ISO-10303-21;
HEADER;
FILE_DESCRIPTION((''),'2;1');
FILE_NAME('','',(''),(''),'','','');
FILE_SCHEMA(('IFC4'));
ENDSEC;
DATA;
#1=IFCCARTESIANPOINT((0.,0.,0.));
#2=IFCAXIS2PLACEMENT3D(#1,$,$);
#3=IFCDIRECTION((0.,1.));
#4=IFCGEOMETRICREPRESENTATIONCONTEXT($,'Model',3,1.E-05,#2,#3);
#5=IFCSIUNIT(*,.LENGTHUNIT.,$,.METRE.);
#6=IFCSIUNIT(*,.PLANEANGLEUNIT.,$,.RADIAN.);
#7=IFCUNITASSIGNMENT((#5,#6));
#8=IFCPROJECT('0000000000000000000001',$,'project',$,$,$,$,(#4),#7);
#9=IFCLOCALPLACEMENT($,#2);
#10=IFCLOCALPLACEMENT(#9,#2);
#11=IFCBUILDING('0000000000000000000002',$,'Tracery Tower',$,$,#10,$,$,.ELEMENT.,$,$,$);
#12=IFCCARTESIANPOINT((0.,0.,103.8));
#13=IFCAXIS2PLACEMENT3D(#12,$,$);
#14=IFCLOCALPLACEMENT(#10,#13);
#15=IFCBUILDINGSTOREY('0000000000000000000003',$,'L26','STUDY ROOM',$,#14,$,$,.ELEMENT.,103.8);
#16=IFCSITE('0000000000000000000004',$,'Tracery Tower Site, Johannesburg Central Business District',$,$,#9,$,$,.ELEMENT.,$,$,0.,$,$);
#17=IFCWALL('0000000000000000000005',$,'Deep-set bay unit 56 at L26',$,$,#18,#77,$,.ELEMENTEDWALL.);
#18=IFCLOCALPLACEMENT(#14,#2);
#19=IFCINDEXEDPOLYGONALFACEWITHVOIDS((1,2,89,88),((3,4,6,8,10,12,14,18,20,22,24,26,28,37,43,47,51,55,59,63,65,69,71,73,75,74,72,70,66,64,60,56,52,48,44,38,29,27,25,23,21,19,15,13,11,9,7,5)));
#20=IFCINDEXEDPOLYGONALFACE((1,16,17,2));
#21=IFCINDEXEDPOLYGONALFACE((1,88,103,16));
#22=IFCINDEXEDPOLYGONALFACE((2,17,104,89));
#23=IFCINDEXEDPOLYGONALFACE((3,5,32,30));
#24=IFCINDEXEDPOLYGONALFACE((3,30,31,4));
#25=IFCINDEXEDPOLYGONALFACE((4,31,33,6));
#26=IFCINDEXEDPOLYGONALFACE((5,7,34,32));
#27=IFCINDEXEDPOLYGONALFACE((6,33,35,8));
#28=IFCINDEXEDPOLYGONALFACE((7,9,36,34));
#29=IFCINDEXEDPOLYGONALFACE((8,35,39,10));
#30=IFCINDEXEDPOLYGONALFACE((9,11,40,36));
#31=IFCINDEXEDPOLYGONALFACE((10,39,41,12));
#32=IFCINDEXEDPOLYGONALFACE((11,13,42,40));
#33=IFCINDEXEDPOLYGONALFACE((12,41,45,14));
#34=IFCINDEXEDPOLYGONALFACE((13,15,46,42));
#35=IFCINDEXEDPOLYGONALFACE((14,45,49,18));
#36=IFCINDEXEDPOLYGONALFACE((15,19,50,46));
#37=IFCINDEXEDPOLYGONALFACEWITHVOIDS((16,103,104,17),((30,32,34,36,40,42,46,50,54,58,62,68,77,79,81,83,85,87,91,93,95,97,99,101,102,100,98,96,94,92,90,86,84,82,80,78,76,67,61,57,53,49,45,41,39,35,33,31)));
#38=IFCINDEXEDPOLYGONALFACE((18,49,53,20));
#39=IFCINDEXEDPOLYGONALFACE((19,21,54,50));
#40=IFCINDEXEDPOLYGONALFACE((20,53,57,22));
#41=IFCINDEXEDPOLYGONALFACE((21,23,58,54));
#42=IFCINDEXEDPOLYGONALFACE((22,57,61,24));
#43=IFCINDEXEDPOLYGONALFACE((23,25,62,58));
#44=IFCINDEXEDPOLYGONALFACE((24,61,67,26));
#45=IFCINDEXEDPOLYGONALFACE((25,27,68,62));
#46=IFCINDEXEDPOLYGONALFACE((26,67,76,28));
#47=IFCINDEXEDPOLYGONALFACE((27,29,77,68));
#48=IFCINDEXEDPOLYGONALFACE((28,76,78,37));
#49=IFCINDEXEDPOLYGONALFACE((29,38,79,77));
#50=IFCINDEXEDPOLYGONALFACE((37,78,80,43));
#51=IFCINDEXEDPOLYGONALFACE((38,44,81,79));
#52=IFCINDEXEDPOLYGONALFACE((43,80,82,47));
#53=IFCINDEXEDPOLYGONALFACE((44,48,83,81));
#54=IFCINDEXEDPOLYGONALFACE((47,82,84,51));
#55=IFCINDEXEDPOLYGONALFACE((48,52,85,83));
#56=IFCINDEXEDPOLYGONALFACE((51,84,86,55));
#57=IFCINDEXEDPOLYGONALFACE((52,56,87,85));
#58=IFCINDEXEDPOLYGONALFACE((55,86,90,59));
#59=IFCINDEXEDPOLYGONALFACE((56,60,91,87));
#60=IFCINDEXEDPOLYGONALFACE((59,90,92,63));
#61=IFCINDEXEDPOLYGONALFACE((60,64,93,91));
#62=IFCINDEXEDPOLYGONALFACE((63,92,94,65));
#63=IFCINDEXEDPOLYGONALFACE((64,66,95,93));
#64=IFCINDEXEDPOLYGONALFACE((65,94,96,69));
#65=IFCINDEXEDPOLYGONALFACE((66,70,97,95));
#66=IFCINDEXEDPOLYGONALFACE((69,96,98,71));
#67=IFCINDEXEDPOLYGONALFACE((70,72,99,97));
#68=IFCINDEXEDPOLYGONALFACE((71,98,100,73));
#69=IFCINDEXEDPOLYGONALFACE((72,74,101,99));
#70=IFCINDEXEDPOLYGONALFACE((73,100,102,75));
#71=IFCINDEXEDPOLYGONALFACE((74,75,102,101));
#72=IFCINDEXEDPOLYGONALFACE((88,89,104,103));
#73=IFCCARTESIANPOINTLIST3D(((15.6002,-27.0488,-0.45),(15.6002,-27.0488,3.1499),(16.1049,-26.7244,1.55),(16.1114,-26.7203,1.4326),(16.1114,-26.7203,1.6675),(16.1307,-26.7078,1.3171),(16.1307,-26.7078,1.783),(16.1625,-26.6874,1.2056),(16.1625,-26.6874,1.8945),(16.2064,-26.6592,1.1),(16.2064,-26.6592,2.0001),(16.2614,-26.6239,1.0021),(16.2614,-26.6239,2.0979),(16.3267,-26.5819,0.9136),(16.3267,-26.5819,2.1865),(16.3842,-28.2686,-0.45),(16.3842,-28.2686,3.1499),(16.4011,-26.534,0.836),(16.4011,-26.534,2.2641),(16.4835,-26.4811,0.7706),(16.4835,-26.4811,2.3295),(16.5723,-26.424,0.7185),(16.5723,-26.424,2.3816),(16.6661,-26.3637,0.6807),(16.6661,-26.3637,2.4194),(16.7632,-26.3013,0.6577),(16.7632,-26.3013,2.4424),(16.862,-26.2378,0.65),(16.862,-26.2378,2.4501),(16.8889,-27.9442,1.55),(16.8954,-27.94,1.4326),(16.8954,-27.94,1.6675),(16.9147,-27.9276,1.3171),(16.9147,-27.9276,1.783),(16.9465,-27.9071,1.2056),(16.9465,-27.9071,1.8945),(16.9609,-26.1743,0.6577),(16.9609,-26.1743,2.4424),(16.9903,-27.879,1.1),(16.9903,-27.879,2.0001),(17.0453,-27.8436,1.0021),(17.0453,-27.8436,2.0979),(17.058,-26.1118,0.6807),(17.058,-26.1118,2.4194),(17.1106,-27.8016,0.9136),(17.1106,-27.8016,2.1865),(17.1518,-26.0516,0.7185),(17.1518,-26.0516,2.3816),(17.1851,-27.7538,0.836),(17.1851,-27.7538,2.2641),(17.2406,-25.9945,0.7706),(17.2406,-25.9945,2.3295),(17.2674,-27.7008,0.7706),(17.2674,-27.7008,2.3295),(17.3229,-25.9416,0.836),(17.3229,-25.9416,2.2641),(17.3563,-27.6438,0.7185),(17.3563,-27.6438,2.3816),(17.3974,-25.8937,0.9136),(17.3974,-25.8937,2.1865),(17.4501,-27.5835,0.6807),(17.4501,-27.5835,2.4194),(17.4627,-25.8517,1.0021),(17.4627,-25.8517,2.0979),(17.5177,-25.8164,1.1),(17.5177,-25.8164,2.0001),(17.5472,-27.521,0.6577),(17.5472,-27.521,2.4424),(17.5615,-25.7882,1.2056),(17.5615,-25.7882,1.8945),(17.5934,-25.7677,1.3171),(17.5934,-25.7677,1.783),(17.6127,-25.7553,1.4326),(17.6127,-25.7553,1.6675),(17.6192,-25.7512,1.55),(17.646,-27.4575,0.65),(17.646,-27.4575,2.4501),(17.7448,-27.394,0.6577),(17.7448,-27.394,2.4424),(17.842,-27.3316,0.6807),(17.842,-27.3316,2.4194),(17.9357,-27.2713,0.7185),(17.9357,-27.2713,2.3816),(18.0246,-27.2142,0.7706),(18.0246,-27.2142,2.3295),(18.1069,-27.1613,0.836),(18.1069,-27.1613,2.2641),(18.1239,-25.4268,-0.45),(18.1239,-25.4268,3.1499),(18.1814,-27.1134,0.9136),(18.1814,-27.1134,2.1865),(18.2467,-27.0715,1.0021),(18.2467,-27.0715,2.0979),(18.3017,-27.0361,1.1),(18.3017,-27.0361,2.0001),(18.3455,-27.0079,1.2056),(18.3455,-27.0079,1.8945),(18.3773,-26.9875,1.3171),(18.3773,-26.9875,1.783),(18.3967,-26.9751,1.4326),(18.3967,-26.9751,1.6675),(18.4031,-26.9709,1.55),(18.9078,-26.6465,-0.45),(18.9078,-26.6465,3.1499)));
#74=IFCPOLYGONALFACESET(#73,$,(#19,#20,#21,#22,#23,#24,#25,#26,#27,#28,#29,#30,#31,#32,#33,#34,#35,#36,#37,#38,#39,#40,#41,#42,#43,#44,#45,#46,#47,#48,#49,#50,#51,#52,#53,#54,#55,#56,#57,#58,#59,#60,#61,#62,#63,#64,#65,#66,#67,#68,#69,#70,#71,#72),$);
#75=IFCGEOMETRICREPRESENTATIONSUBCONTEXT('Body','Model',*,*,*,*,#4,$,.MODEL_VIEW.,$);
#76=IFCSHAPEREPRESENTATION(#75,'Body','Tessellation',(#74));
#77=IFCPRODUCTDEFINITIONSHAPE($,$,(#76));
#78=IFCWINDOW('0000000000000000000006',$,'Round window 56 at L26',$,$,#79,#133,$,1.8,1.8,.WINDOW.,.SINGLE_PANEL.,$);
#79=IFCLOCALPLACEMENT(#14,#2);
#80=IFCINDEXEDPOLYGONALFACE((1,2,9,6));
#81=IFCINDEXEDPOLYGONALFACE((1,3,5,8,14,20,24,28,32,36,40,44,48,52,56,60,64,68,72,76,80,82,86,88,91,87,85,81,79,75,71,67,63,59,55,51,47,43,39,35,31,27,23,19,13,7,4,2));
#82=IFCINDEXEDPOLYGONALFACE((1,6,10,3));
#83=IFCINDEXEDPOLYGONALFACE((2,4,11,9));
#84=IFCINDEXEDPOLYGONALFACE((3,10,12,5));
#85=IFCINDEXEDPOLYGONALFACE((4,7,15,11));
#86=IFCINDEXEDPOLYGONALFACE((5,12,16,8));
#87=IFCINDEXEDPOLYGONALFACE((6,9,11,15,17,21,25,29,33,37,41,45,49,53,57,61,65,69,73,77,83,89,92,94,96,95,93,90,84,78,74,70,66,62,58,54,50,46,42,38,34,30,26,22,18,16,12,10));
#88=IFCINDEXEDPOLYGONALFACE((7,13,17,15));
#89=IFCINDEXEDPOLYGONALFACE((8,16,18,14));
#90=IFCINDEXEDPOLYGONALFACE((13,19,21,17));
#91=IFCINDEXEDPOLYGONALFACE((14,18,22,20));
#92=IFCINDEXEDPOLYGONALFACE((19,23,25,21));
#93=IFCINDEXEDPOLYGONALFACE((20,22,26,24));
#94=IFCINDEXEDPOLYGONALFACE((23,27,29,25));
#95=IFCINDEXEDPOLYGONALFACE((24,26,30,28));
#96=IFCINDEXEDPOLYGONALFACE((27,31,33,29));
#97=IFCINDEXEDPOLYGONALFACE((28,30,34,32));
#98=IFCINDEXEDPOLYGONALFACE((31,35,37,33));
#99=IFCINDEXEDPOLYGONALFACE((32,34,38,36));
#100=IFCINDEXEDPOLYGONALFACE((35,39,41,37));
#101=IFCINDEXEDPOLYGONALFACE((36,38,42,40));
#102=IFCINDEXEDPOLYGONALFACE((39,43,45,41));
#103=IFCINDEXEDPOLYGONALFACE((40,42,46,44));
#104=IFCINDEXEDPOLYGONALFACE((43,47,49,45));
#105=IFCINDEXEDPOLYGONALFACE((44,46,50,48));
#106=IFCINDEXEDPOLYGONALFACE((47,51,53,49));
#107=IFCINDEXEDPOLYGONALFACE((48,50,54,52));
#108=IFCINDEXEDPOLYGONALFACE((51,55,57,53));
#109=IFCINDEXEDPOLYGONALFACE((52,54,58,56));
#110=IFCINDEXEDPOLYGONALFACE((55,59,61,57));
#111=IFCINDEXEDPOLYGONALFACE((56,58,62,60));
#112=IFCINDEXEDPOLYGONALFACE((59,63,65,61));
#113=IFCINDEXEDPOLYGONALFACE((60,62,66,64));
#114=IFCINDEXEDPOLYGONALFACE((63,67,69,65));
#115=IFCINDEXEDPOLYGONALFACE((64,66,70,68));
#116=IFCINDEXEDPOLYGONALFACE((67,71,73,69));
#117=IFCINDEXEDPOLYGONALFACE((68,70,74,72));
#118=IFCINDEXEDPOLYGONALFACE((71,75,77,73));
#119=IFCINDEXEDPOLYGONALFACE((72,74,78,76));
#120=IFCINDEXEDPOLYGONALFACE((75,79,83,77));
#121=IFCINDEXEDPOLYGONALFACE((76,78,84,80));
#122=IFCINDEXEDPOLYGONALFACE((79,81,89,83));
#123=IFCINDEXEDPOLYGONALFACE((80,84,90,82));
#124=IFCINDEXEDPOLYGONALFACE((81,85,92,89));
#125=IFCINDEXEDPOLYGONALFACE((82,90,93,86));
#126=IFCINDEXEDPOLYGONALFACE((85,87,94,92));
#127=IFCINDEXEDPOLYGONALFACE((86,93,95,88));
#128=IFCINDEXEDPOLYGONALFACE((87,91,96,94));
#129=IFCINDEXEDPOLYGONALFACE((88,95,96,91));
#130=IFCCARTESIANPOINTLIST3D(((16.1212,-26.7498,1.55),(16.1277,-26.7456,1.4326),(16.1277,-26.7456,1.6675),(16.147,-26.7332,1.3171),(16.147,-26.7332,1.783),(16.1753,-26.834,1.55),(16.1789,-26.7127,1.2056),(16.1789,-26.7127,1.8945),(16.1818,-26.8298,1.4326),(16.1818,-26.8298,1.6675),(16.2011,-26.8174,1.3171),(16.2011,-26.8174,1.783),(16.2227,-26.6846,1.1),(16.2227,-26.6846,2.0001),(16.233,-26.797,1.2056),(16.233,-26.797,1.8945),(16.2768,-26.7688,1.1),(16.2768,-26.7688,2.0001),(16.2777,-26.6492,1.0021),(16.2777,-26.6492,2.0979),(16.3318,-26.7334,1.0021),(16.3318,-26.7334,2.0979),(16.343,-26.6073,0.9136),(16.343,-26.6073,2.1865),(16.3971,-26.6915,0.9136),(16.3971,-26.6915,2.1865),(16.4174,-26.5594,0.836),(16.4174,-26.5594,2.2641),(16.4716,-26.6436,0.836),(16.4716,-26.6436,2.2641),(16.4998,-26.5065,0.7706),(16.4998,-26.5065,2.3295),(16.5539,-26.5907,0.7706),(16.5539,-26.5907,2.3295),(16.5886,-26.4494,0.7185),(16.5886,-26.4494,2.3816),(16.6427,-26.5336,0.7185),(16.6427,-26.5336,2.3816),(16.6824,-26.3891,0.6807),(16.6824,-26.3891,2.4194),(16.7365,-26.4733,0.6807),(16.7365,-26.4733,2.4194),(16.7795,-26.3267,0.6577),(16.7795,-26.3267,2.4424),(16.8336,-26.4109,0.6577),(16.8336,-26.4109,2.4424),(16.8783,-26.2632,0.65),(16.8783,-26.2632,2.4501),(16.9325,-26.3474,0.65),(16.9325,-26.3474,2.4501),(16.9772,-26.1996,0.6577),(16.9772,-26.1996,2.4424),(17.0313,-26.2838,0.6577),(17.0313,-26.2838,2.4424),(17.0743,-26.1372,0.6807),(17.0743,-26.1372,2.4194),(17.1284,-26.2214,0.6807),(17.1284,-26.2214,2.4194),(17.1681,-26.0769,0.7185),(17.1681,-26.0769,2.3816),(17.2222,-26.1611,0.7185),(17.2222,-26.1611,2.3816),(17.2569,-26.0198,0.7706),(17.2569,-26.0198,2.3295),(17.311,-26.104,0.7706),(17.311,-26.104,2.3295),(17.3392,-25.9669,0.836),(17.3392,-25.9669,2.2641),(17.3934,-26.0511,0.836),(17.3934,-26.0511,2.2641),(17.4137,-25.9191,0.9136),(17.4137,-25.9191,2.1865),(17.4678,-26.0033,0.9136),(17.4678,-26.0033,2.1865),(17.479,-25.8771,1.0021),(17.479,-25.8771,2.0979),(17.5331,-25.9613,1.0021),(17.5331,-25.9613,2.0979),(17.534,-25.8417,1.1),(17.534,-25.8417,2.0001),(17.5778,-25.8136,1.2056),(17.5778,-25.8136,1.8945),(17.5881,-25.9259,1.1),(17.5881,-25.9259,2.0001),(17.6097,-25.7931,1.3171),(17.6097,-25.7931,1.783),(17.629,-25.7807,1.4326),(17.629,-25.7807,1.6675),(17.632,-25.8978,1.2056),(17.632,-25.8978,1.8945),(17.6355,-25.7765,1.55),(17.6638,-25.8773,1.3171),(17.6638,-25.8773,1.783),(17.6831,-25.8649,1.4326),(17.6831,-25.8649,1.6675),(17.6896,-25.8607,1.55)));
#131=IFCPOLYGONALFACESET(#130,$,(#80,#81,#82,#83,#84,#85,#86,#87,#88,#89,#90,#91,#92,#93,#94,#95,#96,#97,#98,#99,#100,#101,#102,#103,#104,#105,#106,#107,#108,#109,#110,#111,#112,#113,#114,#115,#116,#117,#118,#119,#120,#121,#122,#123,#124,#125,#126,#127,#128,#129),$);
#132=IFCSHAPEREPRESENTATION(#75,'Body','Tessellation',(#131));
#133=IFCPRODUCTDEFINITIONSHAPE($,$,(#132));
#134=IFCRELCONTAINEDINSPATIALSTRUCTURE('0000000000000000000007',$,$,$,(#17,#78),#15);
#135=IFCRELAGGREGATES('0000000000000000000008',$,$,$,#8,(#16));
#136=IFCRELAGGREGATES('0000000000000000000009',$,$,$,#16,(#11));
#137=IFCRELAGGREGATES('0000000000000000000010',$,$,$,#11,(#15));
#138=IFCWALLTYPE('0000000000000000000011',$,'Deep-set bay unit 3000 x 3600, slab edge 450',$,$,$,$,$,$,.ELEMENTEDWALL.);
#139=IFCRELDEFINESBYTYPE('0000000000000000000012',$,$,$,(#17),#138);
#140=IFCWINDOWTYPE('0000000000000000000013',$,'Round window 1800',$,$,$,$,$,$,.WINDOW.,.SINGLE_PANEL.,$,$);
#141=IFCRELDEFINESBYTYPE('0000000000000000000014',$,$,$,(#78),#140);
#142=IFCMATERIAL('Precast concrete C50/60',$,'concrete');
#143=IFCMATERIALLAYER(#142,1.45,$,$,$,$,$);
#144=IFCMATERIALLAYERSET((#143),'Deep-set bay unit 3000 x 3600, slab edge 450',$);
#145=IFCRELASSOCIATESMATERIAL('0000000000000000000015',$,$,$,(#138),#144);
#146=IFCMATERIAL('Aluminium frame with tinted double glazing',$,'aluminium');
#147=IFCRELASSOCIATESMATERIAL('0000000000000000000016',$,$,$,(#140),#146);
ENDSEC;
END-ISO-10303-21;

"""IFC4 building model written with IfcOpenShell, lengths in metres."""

from ifc_helpers import new_model, si_unit, direction, frame, frame_2d, origin, origin_2d, place, context, subcontext, project, spatial, rectangle, circle, extrude, material, layer, layer_set, type_object, element, fill, save


model = new_model("IFC4")

# Units and contexts
model_context = context("Model", 3, precision=1e-05, world=origin(), true_north=direction((0.0, 1.0)))
body_context = subcontext(model_context, "Body", "Model", "MODEL_VIEW")
ifc_project = project(units=[si_unit("LENGTHUNIT", "METRE"), si_unit("PLANEANGLEUNIT", "RADIAN")], contexts=[model_context])

# Site, building, storey
site_placement = place(None, origin())
site = spatial("IfcSite", under=ifc_project, at=site_placement, Name="Tracery Tower Site, Johannesburg Central Business District", CompositionType="ELEMENT", RefElevation=0.0)
building_placement = place(site_placement, origin())
building = spatial("IfcBuilding", under=site, at=building_placement, Name="Tracery Tower", CompositionType="ELEMENT")
storey_placement = place(building_placement, frame((0.0, 0.0, 103.8)))
storey = spatial("IfcBuildingStorey", under=building, at=storey_placement, Name="L26", Description="STUDY ROOM", CompositionType="ELEMENT", Elevation=103.8)

# Wall, opening, window
ifc_material_1 = material(Name="Precast concrete C50/60", Category="concrete")
ifc_layer_1 = layer(ifc_material_1, 1.45)
ifc_layer_set_1 = layer_set([ifc_layer_1], Name="Deep-set bay unit 3000 x 3600, slab edge 450")
wall_type_1 = type_object("IfcWallType", Name="Deep-set bay unit 3000 x 3600, slab edge 450", PredefinedType="ELEMENTEDWALL", material=ifc_layer_set_1)
wall_1_placement = place(storey_placement, frame((15.9922, -27.6587, -0.45), z_axis=(0.0, 0.0, 1.0), x_axis=(0.841223, 0.540688, 0.0)))
wall_1 = element("IfcWall", 1, at=wall_1_placement, inside=storey, type_object=wall_type_1, Name="Deep-set bay unit 56 at L26", PredefinedType="ELEMENTEDWALL", context=body_context, shape_type="SweptSolid", body=[
    extrude(rectangle(XDim=3.0, YDim=1.45, at=frame_2d((1.5, 0.0))), origin(), (0.0, 0.0, 1.0), 3.5999),
])
opening_1_placement = place(wall_1_placement, frame((1.5, 0.0, 2.0)))
opening_1 = element("IfcOpeningElement", 2, at=opening_1_placement, cuts=wall_1, PredefinedType="OPENING", context=body_context, shape_type="SweptSolid", body=[
    extrude(circle(Radius=0.9, at=origin_2d()), frame((0.0, 0.7349, 0.0), z_axis=(0.0, -1.0, 0.0), x_axis=(1.0, 0.0, 0.0)), (0.0, 0.0, 1.0), 1.47),
])
ifc_material_2 = material(Name="Aluminium frame with tinted double glazing", Category="aluminium")
window_type = type_object("IfcWindowType", Name="Round window 1800", PartitioningType="SINGLE_PANEL", PredefinedType="WINDOW", material=ifc_material_2)
window_1_placement = place(opening_1_placement, origin())
window_1 = element("IfcWindow", 3, at=window_1_placement, inside=storey, type_object=window_type, Name="Round window 56 at L26", OverallHeight=1.8, OverallWidth=1.8, PartitioningType="SINGLE_PANEL", PredefinedType="WINDOW", context=body_context, shape_type="SweptSolid", body=[
    extrude(circle(Radius=0.9, at=origin_2d()), frame((0.0, 0.6948, 0.0), z_axis=(0.0, -1.0, 0.0), x_axis=(1.0, 0.0, 0.0)), (0.0, 0.0, 1.0), 0.1001),
])
fill(opening_1, window_1)

save(model, "model.ifc")
